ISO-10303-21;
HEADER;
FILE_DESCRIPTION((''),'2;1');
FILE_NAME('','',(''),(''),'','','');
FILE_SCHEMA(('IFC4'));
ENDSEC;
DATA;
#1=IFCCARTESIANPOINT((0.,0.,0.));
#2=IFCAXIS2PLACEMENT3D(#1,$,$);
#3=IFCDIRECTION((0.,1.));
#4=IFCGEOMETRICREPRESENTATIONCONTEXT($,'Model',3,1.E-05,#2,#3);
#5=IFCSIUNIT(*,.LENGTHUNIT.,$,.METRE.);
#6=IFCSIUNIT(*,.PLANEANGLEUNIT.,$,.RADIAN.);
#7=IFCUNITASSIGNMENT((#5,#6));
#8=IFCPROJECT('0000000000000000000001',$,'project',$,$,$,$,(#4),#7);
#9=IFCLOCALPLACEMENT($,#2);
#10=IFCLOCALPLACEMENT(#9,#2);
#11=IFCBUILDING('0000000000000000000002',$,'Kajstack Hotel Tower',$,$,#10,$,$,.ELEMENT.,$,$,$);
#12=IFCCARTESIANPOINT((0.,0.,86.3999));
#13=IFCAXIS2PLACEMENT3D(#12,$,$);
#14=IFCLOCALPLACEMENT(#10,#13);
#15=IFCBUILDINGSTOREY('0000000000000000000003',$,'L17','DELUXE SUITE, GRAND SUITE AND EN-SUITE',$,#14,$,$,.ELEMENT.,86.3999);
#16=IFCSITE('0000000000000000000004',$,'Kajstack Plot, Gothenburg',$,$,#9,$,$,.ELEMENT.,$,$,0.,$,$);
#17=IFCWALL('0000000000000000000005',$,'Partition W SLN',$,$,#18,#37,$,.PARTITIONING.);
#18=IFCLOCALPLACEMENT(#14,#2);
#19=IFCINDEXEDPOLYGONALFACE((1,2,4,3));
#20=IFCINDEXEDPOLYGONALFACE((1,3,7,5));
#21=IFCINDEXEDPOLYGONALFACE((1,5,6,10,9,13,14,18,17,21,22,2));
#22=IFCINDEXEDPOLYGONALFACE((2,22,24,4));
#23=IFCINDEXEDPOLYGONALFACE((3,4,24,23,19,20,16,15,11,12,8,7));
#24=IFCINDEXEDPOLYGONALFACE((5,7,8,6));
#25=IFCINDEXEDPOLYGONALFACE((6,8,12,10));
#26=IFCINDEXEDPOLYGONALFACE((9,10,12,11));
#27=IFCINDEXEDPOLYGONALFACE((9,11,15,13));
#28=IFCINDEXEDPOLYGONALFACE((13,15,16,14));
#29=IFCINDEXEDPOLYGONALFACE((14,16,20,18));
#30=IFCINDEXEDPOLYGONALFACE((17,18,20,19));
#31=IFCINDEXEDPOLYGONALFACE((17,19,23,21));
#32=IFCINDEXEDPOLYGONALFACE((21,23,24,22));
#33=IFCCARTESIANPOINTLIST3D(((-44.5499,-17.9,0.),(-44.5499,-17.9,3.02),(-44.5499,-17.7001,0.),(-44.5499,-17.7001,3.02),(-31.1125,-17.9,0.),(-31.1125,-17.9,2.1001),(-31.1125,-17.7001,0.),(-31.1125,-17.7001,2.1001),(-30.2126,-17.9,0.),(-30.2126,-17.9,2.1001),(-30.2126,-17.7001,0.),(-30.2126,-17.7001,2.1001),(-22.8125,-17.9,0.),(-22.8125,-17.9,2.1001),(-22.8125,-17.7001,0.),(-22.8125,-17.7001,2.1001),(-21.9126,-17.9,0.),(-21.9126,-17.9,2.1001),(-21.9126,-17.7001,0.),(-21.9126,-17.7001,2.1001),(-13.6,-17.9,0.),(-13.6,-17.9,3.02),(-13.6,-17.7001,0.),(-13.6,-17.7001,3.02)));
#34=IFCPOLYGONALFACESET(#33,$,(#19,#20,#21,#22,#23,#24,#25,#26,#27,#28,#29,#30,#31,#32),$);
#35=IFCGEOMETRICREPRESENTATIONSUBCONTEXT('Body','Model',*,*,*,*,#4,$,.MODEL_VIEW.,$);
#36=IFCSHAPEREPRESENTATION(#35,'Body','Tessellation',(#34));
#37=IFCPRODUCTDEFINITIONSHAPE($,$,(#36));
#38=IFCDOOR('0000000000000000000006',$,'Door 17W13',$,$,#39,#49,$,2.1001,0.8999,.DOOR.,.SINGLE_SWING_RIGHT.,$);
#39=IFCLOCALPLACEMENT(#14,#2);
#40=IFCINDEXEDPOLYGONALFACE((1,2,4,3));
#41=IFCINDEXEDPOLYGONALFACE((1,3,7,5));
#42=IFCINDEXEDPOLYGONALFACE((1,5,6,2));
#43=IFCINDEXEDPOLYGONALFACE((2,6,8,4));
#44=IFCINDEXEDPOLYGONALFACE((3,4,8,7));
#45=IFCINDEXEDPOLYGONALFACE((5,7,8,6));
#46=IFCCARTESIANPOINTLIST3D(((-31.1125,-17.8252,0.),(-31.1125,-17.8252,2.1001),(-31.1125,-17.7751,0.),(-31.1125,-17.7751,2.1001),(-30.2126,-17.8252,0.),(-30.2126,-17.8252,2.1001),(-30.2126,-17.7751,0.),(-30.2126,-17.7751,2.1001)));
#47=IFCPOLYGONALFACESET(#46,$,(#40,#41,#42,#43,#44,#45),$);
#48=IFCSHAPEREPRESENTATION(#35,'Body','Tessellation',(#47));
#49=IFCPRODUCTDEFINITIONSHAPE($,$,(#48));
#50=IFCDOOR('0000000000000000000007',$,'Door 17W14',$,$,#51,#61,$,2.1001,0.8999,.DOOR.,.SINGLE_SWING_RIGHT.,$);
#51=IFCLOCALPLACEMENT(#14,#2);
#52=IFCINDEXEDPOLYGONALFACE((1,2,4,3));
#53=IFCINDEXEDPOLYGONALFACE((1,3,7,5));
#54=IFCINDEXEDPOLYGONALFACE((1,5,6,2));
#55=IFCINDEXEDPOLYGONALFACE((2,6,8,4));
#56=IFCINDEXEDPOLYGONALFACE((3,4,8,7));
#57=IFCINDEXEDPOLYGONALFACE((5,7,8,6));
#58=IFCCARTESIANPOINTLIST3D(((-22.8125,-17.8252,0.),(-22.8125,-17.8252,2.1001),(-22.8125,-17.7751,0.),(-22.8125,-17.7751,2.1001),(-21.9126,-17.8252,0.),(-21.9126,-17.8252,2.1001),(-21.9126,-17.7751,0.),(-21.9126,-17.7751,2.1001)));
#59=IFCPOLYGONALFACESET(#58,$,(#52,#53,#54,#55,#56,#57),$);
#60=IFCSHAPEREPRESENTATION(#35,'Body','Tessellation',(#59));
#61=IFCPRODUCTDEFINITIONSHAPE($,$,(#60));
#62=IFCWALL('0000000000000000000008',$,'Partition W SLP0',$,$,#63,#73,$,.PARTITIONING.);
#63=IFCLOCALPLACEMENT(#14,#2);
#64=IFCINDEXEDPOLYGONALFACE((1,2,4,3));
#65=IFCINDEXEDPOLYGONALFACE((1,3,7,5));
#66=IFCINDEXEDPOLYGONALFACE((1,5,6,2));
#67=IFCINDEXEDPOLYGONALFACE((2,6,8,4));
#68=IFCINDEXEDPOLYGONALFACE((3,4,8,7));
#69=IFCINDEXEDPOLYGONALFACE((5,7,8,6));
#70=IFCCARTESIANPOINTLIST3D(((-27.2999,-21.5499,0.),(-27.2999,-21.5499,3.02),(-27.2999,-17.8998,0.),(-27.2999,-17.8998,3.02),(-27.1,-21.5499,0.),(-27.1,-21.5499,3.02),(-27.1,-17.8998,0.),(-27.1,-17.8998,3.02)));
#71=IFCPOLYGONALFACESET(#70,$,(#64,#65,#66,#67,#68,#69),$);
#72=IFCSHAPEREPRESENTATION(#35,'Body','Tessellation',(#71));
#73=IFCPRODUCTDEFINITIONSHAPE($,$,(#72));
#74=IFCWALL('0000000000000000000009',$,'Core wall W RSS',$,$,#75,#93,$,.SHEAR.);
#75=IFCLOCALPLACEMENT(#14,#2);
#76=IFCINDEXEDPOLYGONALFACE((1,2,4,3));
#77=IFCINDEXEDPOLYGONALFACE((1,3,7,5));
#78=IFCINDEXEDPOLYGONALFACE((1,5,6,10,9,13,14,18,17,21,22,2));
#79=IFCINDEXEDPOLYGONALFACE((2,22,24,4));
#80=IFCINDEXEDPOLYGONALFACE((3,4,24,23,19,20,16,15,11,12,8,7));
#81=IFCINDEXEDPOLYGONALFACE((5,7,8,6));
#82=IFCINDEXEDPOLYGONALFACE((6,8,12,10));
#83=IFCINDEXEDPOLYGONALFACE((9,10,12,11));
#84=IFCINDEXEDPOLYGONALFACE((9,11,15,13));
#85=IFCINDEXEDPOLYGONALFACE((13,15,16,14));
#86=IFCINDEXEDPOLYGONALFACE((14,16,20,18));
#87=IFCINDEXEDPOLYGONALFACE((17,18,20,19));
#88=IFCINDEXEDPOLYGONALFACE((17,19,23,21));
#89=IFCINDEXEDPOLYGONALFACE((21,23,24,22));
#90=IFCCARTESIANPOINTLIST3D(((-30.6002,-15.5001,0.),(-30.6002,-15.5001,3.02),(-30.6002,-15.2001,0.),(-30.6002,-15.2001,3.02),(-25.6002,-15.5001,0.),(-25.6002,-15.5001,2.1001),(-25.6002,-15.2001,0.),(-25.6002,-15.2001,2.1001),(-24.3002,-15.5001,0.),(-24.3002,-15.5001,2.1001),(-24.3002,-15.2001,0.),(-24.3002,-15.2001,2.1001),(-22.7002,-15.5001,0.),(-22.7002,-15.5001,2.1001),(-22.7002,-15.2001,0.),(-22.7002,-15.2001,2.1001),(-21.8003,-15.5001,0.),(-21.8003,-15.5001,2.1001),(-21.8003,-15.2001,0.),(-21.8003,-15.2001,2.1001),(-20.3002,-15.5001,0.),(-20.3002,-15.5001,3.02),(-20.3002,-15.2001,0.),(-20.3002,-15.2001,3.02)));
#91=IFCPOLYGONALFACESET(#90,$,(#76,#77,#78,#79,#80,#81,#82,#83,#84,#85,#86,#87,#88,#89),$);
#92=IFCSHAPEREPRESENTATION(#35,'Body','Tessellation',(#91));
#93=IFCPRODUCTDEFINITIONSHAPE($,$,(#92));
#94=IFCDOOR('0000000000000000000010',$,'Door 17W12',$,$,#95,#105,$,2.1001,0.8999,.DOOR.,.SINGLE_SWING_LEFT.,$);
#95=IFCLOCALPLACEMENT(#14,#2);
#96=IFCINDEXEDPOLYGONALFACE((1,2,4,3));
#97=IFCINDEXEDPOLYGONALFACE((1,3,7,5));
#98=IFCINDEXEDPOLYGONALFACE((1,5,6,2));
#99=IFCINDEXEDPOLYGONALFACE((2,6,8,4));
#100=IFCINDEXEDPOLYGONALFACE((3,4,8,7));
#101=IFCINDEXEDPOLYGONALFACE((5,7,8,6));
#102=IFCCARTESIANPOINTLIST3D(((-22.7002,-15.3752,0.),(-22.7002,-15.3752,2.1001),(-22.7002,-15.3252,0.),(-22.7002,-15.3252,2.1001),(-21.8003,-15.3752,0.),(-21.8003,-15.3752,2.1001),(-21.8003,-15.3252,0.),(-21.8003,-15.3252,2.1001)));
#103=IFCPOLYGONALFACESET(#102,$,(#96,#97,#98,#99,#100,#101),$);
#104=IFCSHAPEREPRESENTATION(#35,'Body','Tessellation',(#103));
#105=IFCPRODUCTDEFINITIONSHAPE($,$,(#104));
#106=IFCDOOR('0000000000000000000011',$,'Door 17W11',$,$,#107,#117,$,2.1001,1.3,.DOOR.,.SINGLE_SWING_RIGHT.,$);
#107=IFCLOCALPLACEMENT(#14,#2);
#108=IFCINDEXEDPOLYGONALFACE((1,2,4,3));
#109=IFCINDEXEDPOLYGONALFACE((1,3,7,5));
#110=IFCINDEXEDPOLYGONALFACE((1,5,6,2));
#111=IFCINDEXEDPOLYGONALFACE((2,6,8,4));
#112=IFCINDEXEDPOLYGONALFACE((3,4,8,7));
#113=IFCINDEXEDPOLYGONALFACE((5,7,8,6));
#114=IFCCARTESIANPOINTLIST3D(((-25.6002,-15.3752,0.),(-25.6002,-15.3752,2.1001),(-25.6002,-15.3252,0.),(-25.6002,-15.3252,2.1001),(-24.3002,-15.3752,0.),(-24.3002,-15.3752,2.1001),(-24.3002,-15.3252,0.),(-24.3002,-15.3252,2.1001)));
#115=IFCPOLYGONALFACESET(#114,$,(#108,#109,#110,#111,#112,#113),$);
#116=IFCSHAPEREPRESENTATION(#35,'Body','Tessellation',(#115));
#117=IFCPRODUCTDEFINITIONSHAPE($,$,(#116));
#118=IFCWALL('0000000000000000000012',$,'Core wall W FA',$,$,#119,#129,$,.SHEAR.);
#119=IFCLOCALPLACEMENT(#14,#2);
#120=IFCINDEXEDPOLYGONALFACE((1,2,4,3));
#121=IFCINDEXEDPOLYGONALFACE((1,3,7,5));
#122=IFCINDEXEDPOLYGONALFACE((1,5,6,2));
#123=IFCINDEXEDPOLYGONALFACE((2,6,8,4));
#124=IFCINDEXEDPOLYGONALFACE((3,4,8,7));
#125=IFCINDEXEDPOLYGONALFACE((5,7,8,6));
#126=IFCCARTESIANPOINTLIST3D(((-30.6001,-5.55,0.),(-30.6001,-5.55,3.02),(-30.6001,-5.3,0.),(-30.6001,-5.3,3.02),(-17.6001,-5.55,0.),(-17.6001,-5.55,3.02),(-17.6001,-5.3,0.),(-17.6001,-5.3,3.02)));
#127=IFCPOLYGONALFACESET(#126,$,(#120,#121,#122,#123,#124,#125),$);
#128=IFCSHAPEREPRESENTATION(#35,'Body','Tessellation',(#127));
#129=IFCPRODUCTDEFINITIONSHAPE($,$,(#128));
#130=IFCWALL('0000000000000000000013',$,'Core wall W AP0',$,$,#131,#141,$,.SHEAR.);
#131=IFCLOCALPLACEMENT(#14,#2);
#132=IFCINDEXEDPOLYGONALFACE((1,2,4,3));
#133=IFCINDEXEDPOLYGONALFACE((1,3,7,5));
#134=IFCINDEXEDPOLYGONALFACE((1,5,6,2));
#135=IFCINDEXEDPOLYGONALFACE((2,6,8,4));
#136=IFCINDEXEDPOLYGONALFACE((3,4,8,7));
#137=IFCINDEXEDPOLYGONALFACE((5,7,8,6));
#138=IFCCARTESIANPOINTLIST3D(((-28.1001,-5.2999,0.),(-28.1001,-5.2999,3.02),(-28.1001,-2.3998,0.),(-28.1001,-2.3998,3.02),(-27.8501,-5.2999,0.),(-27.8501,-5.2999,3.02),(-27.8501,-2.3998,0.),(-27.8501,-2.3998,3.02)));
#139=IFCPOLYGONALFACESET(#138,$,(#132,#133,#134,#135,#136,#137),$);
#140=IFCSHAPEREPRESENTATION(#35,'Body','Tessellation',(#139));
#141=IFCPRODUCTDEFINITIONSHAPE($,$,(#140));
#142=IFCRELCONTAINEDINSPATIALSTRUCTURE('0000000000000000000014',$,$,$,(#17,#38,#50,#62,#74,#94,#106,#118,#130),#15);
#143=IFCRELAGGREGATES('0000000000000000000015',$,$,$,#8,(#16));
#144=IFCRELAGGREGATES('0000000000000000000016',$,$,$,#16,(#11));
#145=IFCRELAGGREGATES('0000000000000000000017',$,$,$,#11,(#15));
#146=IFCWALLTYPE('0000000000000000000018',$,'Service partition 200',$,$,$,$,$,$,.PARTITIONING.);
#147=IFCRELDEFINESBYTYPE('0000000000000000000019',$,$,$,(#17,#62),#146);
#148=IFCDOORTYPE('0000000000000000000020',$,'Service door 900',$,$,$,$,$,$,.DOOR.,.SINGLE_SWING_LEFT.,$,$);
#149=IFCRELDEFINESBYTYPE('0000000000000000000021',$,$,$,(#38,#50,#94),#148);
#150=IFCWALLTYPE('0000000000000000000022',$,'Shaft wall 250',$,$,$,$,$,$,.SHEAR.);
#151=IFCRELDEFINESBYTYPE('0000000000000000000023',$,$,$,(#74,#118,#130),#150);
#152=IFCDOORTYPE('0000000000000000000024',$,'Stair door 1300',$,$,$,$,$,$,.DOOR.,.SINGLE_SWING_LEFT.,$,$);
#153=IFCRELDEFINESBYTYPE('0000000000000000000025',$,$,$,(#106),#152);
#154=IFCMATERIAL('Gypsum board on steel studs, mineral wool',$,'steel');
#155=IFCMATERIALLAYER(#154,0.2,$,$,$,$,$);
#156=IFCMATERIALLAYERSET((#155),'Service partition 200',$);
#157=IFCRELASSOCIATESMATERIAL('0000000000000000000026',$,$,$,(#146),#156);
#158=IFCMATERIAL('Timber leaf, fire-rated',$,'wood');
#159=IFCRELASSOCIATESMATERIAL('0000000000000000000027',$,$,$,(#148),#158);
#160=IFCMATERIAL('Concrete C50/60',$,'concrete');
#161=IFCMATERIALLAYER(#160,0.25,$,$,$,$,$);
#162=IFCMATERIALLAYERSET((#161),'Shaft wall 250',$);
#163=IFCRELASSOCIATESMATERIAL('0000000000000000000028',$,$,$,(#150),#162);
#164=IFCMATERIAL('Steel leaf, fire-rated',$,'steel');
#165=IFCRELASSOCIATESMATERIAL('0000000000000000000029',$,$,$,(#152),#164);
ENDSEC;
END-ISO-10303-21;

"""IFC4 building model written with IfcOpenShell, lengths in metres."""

from ifc_helpers import new_model, si_unit, direction, frame, frame_2d, origin, place, context, subcontext, project, spatial, rectangle, extrude, material, layer, layer_set, type_object, element, fill, save


model = new_model("IFC4")

# Units and contexts
model_context = context("Model", 3, precision=1e-05, world=origin(), true_north=direction((0.0, 1.0)))
body_context = subcontext(model_context, "Body", "Model", "MODEL_VIEW")
ifc_project = project(units=[si_unit("LENGTHUNIT", "METRE"), si_unit("PLANEANGLEUNIT", "RADIAN")], contexts=[model_context])

# Site, building, storey
site_placement = place(None, origin())
site = spatial("IfcSite", under=ifc_project, at=site_placement, Name="Kajstack Plot, Gothenburg", CompositionType="ELEMENT", RefElevation=0.0)
building_placement = place(site_placement, origin())
building = spatial("IfcBuilding", under=site, at=building_placement, Name="Kajstack Hotel Tower", CompositionType="ELEMENT")
storey_placement = place(building_placement, frame((0.0, 0.0, 86.3999)))
storey = spatial("IfcBuildingStorey", under=building, at=storey_placement, Name="L17", Description="DELUXE SUITE, GRAND SUITE AND EN-SUITE", CompositionType="ELEMENT", Elevation=86.3999)

# Shared definitions
ifc_material_1 = material(Name="Gypsum board on steel studs, mineral wool", Category="steel")
ifc_layer_1 = layer(ifc_material_1, 0.2)
ifc_layer_set_1 = layer_set([ifc_layer_1], Name="Service partition 200")
wall_type_1 = type_object("IfcWallType", Name="Service partition 200", PredefinedType="PARTITIONING", material=ifc_layer_set_1)
ifc_material_2 = material(Name="Timber leaf, fire-rated", Category="wood")
door_type_1 = type_object("IfcDoorType", Name="Service door 900", OperationType="SINGLE_SWING_LEFT", PredefinedType="DOOR", material=ifc_material_2)

# Wall, openings, doors
wall_1_placement = place(storey_placement, frame((-44.55, -17.8, 0.0), z_axis=(0.0, 0.0, 1.0), x_axis=(1.0, 0.0, 0.0)))
wall_1 = element("IfcWall", 1, at=wall_1_placement, inside=storey, type_object=wall_type_1, Name="Partition W SLN", PredefinedType="PARTITIONING", context=body_context, shape_type="SweptSolid", body=[
    extrude(rectangle(XDim=30.95, YDim=0.2, at=frame_2d((15.4751, 0.0))), origin(), (0.0, 0.0, 1.0), 3.02),
])
opening_1_placement = place(wall_1_placement, frame((13.4375, 0.0, 0.0)))
opening_1 = element("IfcOpeningElement", 2, at=opening_1_placement, cuts=wall_1, PredefinedType="OPENING", context=body_context, shape_type="SweptSolid", body=[
    extrude(rectangle(XDim=0.8999, YDim=2.1001, at=frame_2d((0.45, 1.05))), frame((0.0, 0.1099, 0.0), z_axis=(0.0, -1.0, 0.0), x_axis=(1.0, 0.0, 0.0)), (0.0, 0.0, 1.0), 0.22),
])
opening_2_placement = place(wall_1_placement, frame((21.7375, 0.0, 0.0)))
opening_2 = element("IfcOpeningElement", 3, at=opening_2_placement, cuts=wall_1, PredefinedType="OPENING", context=body_context, shape_type="SweptSolid", body=[
    extrude(rectangle(XDim=0.8999, YDim=2.1001, at=frame_2d((0.45, 1.05))), frame((0.0, 0.1099, 0.0), z_axis=(0.0, -1.0, 0.0), x_axis=(1.0, 0.0, 0.0)), (0.0, 0.0, 1.0), 0.22),
])
door_1_placement = place(opening_1_placement, origin())
door_1 = element("IfcDoor", 4, at=door_1_placement, inside=storey, type_object=door_type_1, Name="Door 17W13", OperationType="SINGLE_SWING_RIGHT", OverallHeight=2.1001, OverallWidth=0.8999, PredefinedType="DOOR", context=body_context, shape_type="SweptSolid", body=[
    extrude(rectangle(XDim=0.8999, YDim=2.1001, at=frame_2d((0.45, 1.05))), frame((0.0, 0.0249, 0.0), z_axis=(0.0, -1.0, 0.0), x_axis=(1.0, 0.0, 0.0)), (0.0, 0.0, 1.0), 0.05),
])
fill(opening_1, door_1)
door_2_placement = place(opening_2_placement, origin())
door_2 = element("IfcDoor", 5, at=door_2_placement, inside=storey, type_object=door_type_1, Name="Door 17W14", OperationType="SINGLE_SWING_RIGHT", OverallHeight=2.1001, OverallWidth=0.8999, PredefinedType="DOOR", context=body_context, shape_type="SweptSolid", body=[
    extrude(rectangle(XDim=0.8999, YDim=2.1001, at=frame_2d((0.45, 1.05))), frame((0.0, 0.0249, 0.0), z_axis=(0.0, -1.0, 0.0), x_axis=(1.0, 0.0, 0.0)), (0.0, 0.0, 1.0), 0.05),
])
fill(opening_2, door_2)

# Wall
wall_2_placement = place(storey_placement, frame((-27.2, -21.55, 0.0), z_axis=(0.0, 0.0, 1.0), x_axis=(0.0, 1.0, 0.0)))
element("IfcWall", 6, at=wall_2_placement, inside=storey, type_object=wall_type_1, Name="Partition W SLP0", PredefinedType="PARTITIONING", context=body_context, shape_type="SweptSolid", body=[
    extrude(rectangle(XDim=3.6501, YDim=0.2, at=frame_2d((1.8252, 0.0))), origin(), (0.0, 0.0, 1.0), 3.02),
])

# Wall, openings, doors
ifc_material_3 = material(Name="Concrete C50/60", Category="concrete")
ifc_layer_2 = layer(ifc_material_3, 0.25)
ifc_layer_set_2 = layer_set([ifc_layer_2], Name="Shaft wall 250")
wall_type_2 = type_object("IfcWallType", Name="Shaft wall 250", PredefinedType="SHEAR", material=ifc_layer_set_2)
wall_3_placement = place(storey_placement, frame((-30.6001, -15.3501, 0.0), z_axis=(0.0, 0.0, 1.0), x_axis=(1.0, 0.0, 0.0)))
wall_3 = element("IfcWall", 7, at=wall_3_placement, inside=storey, type_object=wall_type_2, Name="Core wall W RSS", PredefinedType="SHEAR", context=body_context, shape_type="SweptSolid", body=[
    extrude(rectangle(XDim=10.3, YDim=0.3, at=frame_2d((5.1499, 0.0))), origin(), (0.0, 0.0, 1.0), 3.02),
])
opening_3_placement = place(wall_3_placement, frame((5.0, 0.0, 0.0)))
opening_3 = element("IfcOpeningElement", 8, at=opening_3_placement, cuts=wall_3, PredefinedType="OPENING", context=body_context, shape_type="SweptSolid", body=[
    extrude(rectangle(XDim=1.3, YDim=2.1001, at=frame_2d((0.6499, 1.05))), frame((0.0, 0.1599, 0.0), z_axis=(0.0, -1.0, 0.0), x_axis=(1.0, 0.0, 0.0)), (0.0, 0.0, 1.0), 0.3201),
])
opening_4_placement = place(wall_3_placement, frame((7.8999, 0.0, 0.0)))
opening_4 = element("IfcOpeningElement", 9, at=opening_4_placement, cuts=wall_3, PredefinedType="OPENING", context=body_context, shape_type="SweptSolid", body=[
    extrude(rectangle(XDim=0.8999, YDim=2.1001, at=frame_2d((0.45, 1.05))), frame((0.0, 0.1599, 0.0), z_axis=(0.0, -1.0, 0.0), x_axis=(1.0, 0.0, 0.0)), (0.0, 0.0, 1.0), 0.3201),
])
door_3_placement = place(opening_4_placement, origin())
door_3 = element("IfcDoor", 10, at=door_3_placement, inside=storey, type_object=door_type_1, Name="Door 17W12", OperationType="SINGLE_SWING_LEFT", OverallHeight=2.1001, OverallWidth=0.8999, PredefinedType="DOOR", context=body_context, shape_type="SweptSolid", body=[
    extrude(rectangle(XDim=0.8999, YDim=2.1001, at=frame_2d((0.45, 1.05))), frame((0.0, 0.0249, 0.0), z_axis=(0.0, -1.0, 0.0), x_axis=(1.0, 0.0, 0.0)), (0.0, 0.0, 1.0), 0.05),
])
fill(opening_4, door_3)
ifc_material_4 = material(Name="Steel leaf, fire-rated", Category="steel")
door_type_2 = type_object("IfcDoorType", Name="Stair door 1300", OperationType="SINGLE_SWING_LEFT", PredefinedType="DOOR", material=ifc_material_4)
door_4_placement = place(opening_3_placement, origin())
door_4 = element("IfcDoor", 11, at=door_4_placement, inside=storey, type_object=door_type_2, Name="Door 17W11", OperationType="SINGLE_SWING_RIGHT", OverallHeight=2.1001, OverallWidth=1.3, PredefinedType="DOOR", context=body_context, shape_type="SweptSolid", body=[
    extrude(rectangle(XDim=1.3, YDim=2.1001, at=frame_2d((0.6499, 1.05))), frame((0.0, 0.0249, 0.0), z_axis=(0.0, -1.0, 0.0), x_axis=(1.0, 0.0, 0.0)), (0.0, 0.0, 1.0), 0.05),
])
fill(opening_3, door_4)

# Walls
wall_4_placement = place(storey_placement, frame((-30.6001, -5.425, 0.0), z_axis=(0.0, 0.0, 1.0), x_axis=(1.0, 0.0, 0.0)))
element("IfcWall", 12, at=wall_4_placement, inside=storey, type_object=wall_type_2, Name="Core wall W FA", PredefinedType="SHEAR", context=body_context, shape_type="SweptSolid", body=[
    extrude(rectangle(XDim=13.0, YDim=0.25, at=frame_2d((6.5, 0.0))), origin(), (0.0, 0.0, 1.0), 3.02),
])
wall_5_placement = place(storey_placement, frame((-27.9751, -5.3, 0.0), z_axis=(0.0, 0.0, 1.0), x_axis=(0.0, 1.0, 0.0)))
element("IfcWall", 13, at=wall_5_placement, inside=storey, type_object=wall_type_2, Name="Core wall W AP0", PredefinedType="SHEAR", context=body_context, shape_type="SweptSolid", body=[
    extrude(rectangle(XDim=2.9001, YDim=0.25, at=frame_2d((1.4502, 0.0))), origin(), (0.0, 0.0, 1.0), 3.02),
])

save(model, "model.ifc")
